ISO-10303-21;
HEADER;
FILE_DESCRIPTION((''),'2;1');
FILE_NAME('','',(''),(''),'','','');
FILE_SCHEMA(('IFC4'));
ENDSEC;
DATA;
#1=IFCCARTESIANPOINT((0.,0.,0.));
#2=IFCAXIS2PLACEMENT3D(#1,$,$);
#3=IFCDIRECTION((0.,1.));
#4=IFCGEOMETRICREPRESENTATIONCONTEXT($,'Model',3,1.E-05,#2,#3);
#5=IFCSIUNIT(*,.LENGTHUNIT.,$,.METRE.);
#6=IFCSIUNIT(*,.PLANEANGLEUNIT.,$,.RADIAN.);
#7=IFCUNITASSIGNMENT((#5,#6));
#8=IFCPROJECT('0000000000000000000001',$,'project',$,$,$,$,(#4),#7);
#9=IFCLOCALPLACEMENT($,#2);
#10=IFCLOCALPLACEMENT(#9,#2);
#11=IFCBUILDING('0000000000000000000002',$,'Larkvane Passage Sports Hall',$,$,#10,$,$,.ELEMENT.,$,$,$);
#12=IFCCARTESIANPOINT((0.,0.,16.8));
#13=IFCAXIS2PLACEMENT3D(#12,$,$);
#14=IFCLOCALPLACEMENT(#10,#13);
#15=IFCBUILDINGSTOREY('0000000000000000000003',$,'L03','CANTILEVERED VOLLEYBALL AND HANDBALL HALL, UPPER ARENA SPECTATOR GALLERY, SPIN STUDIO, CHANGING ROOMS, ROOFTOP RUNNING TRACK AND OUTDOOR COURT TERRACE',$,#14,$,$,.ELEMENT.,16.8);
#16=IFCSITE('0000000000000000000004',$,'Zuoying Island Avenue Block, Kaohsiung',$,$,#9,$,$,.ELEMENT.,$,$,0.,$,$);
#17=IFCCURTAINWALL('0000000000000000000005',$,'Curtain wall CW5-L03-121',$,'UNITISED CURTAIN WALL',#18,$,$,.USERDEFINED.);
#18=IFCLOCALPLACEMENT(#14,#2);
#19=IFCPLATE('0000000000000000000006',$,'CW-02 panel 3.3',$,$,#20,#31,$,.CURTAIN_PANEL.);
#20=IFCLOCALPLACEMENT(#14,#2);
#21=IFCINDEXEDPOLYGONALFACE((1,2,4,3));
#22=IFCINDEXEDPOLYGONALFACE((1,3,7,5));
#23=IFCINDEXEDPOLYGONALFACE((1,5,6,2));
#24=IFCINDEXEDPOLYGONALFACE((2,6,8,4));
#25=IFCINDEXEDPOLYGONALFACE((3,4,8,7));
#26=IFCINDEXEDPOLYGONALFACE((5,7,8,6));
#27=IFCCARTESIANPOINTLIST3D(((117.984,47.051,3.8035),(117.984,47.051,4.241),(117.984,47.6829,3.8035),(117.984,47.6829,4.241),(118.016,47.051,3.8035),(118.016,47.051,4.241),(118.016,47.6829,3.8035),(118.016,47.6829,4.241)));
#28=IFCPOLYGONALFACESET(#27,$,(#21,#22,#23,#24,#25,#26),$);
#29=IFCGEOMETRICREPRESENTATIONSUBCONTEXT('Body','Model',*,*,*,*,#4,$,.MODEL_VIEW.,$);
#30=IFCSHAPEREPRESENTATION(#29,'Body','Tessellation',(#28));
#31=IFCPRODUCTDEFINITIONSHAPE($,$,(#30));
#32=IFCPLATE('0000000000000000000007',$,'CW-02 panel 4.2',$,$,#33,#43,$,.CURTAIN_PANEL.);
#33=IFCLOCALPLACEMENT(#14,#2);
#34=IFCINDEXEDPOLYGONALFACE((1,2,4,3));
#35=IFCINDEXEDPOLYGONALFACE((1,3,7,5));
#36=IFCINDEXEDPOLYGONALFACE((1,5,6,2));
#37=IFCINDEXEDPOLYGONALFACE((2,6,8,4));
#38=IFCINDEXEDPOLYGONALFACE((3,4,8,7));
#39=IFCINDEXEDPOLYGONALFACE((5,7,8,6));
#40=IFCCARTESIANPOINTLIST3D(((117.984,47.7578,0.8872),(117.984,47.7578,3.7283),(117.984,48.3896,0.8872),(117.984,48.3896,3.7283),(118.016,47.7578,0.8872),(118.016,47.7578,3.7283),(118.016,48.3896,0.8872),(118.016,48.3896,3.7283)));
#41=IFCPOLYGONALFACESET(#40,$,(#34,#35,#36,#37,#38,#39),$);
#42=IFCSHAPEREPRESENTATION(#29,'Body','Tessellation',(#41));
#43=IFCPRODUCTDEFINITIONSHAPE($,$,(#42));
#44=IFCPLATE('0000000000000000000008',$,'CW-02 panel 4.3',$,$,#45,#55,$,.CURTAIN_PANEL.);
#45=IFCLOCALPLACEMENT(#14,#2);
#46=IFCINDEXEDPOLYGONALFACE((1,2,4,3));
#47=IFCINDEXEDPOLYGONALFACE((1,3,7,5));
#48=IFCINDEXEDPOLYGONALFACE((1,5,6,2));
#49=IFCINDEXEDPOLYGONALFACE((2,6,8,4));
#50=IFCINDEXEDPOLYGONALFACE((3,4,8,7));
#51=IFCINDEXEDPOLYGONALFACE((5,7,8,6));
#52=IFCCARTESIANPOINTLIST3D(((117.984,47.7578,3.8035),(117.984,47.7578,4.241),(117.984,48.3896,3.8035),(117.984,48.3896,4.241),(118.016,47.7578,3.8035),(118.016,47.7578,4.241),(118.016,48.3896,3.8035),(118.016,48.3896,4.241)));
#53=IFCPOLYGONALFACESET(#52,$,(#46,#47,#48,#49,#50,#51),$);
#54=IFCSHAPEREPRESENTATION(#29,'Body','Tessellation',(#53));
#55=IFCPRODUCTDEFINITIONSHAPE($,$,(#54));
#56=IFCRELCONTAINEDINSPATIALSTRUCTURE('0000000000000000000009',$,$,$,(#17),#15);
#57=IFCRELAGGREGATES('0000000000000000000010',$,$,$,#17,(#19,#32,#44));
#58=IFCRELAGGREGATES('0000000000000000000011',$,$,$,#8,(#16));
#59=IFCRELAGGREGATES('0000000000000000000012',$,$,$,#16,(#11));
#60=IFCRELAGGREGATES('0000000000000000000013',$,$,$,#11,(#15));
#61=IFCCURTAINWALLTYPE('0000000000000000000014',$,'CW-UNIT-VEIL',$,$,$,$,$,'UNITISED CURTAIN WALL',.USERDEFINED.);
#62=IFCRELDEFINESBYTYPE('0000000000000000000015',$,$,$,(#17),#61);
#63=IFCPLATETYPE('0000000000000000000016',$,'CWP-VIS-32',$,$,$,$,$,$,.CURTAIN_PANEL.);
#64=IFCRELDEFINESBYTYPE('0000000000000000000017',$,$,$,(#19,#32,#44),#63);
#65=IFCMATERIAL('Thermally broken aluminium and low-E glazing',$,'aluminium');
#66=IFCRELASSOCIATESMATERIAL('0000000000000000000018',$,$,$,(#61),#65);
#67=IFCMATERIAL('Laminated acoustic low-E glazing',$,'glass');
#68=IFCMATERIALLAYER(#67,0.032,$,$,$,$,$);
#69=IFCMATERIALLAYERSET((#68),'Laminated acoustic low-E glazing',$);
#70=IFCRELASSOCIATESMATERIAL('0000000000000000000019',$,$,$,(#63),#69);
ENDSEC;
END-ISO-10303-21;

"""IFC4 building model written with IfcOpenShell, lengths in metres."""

from ifc_helpers import new_model, si_unit, direction, frame, origin, origin_2d, place, context, subcontext, project, spatial, rectangle, extrude, material, layer, layer_set, type_object, element, aggregate, save


model = new_model("IFC4")

# Units and contexts
model_context = context("Model", 3, precision=1e-05, world=origin(), true_north=direction((0.0, 1.0)))
body_context = subcontext(model_context, "Body", "Model", "MODEL_VIEW")
ifc_project = project(units=[si_unit("LENGTHUNIT", "METRE"), si_unit("PLANEANGLEUNIT", "RADIAN")], contexts=[model_context])

# Site, building, storey
site_placement = place(None, origin())
site = spatial("IfcSite", under=ifc_project, at=site_placement, Name="Zuoying Island Avenue Block, Kaohsiung", CompositionType="ELEMENT", RefElevation=0.0)
building_placement = place(site_placement, origin())
building = spatial("IfcBuilding", under=site, at=building_placement, Name="Larkvane Passage Sports Hall", CompositionType="ELEMENT")
storey_placement = place(building_placement, frame((0.0, 0.0, 16.8)))
storey = spatial("IfcBuildingStorey", under=building, at=storey_placement, Name="L03", Description="CANTILEVERED VOLLEYBALL AND HANDBALL HALL, UPPER ARENA SPECTATOR GALLERY, SPIN STUDIO, CHANGING ROOMS, ROOFTOP RUNNING TRACK AND OUTDOOR COURT TERRACE", CompositionType="ELEMENT", Elevation=16.8)

# Curtain wall, plates
ifc_material_1 = material(Name="Thermally broken aluminium and low-E glazing", Category="aluminium")
curtain_wall_type = type_object("IfcCurtainWallType", Name="CW-UNIT-VEIL", ElementType="UNITISED CURTAIN WALL", PredefinedType="USERDEFINED", material=ifc_material_1)
curtain_wall_placement = place(storey_placement, origin())
curtain_wall = element("IfcCurtainWall", 1, at=curtain_wall_placement, inside=storey, type_object=curtain_wall_type, Name="Curtain wall CW5-L03-121", ObjectType="UNITISED CURTAIN WALL", PredefinedType="USERDEFINED")
ifc_material_2 = material(Name="Laminated acoustic low-E glazing", Category="glass")
ifc_layer_1 = layer(ifc_material_2, 0.032)
ifc_layer_set_1 = layer_set([ifc_layer_1], Name="Laminated acoustic low-E glazing")
plate_type_1 = type_object("IfcPlateType", Name="CWP-VIS-32", PredefinedType="CURTAIN_PANEL", material=ifc_layer_set_1)
plate_1_placement = place(storey_placement, frame((118.0, 47.3669, 3.8035), z_axis=(0.0, 0.0, 1.0), x_axis=(0.0, 1.0, 0.0)))
plate_1 = element("IfcPlate", 2, at=plate_1_placement, type_object=plate_type_1, Name="CW-02 panel 3.3", PredefinedType="CURTAIN_PANEL", context=body_context, shape_type="SweptSolid", body=[
    extrude(rectangle(XDim=0.6318, YDim=0.032, at=origin_2d()), origin(), (0.0, 0.0, 1.0), 0.4375),
])
plate_2_placement = place(storey_placement, frame((118.0, 48.0737, 0.8872), z_axis=(0.0, 0.0, 1.0), x_axis=(0.0, 1.0, 0.0)))
plate_2 = element("IfcPlate", 3, at=plate_2_placement, type_object=plate_type_1, Name="CW-02 panel 4.2", PredefinedType="CURTAIN_PANEL", context=body_context, shape_type="SweptSolid", body=[
    extrude(rectangle(XDim=0.6318, YDim=0.032, at=origin_2d()), origin(), (0.0, 0.0, 1.0), 2.8411),
])
plate_3_placement = place(storey_placement, frame((118.0, 48.0737, 3.8035), z_axis=(0.0, 0.0, 1.0), x_axis=(0.0, 1.0, 0.0)))
plate_3 = element("IfcPlate", 4, at=plate_3_placement, type_object=plate_type_1, Name="CW-02 panel 4.3", PredefinedType="CURTAIN_PANEL", context=body_context, shape_type="SweptSolid", body=[
    extrude(rectangle(XDim=0.6318, YDim=0.032, at=origin_2d()), origin(), (0.0, 0.0, 1.0), 0.4375),
])
aggregate(curtain_wall, [plate_1, plate_2, plate_3])

save(model, "model.ifc")
